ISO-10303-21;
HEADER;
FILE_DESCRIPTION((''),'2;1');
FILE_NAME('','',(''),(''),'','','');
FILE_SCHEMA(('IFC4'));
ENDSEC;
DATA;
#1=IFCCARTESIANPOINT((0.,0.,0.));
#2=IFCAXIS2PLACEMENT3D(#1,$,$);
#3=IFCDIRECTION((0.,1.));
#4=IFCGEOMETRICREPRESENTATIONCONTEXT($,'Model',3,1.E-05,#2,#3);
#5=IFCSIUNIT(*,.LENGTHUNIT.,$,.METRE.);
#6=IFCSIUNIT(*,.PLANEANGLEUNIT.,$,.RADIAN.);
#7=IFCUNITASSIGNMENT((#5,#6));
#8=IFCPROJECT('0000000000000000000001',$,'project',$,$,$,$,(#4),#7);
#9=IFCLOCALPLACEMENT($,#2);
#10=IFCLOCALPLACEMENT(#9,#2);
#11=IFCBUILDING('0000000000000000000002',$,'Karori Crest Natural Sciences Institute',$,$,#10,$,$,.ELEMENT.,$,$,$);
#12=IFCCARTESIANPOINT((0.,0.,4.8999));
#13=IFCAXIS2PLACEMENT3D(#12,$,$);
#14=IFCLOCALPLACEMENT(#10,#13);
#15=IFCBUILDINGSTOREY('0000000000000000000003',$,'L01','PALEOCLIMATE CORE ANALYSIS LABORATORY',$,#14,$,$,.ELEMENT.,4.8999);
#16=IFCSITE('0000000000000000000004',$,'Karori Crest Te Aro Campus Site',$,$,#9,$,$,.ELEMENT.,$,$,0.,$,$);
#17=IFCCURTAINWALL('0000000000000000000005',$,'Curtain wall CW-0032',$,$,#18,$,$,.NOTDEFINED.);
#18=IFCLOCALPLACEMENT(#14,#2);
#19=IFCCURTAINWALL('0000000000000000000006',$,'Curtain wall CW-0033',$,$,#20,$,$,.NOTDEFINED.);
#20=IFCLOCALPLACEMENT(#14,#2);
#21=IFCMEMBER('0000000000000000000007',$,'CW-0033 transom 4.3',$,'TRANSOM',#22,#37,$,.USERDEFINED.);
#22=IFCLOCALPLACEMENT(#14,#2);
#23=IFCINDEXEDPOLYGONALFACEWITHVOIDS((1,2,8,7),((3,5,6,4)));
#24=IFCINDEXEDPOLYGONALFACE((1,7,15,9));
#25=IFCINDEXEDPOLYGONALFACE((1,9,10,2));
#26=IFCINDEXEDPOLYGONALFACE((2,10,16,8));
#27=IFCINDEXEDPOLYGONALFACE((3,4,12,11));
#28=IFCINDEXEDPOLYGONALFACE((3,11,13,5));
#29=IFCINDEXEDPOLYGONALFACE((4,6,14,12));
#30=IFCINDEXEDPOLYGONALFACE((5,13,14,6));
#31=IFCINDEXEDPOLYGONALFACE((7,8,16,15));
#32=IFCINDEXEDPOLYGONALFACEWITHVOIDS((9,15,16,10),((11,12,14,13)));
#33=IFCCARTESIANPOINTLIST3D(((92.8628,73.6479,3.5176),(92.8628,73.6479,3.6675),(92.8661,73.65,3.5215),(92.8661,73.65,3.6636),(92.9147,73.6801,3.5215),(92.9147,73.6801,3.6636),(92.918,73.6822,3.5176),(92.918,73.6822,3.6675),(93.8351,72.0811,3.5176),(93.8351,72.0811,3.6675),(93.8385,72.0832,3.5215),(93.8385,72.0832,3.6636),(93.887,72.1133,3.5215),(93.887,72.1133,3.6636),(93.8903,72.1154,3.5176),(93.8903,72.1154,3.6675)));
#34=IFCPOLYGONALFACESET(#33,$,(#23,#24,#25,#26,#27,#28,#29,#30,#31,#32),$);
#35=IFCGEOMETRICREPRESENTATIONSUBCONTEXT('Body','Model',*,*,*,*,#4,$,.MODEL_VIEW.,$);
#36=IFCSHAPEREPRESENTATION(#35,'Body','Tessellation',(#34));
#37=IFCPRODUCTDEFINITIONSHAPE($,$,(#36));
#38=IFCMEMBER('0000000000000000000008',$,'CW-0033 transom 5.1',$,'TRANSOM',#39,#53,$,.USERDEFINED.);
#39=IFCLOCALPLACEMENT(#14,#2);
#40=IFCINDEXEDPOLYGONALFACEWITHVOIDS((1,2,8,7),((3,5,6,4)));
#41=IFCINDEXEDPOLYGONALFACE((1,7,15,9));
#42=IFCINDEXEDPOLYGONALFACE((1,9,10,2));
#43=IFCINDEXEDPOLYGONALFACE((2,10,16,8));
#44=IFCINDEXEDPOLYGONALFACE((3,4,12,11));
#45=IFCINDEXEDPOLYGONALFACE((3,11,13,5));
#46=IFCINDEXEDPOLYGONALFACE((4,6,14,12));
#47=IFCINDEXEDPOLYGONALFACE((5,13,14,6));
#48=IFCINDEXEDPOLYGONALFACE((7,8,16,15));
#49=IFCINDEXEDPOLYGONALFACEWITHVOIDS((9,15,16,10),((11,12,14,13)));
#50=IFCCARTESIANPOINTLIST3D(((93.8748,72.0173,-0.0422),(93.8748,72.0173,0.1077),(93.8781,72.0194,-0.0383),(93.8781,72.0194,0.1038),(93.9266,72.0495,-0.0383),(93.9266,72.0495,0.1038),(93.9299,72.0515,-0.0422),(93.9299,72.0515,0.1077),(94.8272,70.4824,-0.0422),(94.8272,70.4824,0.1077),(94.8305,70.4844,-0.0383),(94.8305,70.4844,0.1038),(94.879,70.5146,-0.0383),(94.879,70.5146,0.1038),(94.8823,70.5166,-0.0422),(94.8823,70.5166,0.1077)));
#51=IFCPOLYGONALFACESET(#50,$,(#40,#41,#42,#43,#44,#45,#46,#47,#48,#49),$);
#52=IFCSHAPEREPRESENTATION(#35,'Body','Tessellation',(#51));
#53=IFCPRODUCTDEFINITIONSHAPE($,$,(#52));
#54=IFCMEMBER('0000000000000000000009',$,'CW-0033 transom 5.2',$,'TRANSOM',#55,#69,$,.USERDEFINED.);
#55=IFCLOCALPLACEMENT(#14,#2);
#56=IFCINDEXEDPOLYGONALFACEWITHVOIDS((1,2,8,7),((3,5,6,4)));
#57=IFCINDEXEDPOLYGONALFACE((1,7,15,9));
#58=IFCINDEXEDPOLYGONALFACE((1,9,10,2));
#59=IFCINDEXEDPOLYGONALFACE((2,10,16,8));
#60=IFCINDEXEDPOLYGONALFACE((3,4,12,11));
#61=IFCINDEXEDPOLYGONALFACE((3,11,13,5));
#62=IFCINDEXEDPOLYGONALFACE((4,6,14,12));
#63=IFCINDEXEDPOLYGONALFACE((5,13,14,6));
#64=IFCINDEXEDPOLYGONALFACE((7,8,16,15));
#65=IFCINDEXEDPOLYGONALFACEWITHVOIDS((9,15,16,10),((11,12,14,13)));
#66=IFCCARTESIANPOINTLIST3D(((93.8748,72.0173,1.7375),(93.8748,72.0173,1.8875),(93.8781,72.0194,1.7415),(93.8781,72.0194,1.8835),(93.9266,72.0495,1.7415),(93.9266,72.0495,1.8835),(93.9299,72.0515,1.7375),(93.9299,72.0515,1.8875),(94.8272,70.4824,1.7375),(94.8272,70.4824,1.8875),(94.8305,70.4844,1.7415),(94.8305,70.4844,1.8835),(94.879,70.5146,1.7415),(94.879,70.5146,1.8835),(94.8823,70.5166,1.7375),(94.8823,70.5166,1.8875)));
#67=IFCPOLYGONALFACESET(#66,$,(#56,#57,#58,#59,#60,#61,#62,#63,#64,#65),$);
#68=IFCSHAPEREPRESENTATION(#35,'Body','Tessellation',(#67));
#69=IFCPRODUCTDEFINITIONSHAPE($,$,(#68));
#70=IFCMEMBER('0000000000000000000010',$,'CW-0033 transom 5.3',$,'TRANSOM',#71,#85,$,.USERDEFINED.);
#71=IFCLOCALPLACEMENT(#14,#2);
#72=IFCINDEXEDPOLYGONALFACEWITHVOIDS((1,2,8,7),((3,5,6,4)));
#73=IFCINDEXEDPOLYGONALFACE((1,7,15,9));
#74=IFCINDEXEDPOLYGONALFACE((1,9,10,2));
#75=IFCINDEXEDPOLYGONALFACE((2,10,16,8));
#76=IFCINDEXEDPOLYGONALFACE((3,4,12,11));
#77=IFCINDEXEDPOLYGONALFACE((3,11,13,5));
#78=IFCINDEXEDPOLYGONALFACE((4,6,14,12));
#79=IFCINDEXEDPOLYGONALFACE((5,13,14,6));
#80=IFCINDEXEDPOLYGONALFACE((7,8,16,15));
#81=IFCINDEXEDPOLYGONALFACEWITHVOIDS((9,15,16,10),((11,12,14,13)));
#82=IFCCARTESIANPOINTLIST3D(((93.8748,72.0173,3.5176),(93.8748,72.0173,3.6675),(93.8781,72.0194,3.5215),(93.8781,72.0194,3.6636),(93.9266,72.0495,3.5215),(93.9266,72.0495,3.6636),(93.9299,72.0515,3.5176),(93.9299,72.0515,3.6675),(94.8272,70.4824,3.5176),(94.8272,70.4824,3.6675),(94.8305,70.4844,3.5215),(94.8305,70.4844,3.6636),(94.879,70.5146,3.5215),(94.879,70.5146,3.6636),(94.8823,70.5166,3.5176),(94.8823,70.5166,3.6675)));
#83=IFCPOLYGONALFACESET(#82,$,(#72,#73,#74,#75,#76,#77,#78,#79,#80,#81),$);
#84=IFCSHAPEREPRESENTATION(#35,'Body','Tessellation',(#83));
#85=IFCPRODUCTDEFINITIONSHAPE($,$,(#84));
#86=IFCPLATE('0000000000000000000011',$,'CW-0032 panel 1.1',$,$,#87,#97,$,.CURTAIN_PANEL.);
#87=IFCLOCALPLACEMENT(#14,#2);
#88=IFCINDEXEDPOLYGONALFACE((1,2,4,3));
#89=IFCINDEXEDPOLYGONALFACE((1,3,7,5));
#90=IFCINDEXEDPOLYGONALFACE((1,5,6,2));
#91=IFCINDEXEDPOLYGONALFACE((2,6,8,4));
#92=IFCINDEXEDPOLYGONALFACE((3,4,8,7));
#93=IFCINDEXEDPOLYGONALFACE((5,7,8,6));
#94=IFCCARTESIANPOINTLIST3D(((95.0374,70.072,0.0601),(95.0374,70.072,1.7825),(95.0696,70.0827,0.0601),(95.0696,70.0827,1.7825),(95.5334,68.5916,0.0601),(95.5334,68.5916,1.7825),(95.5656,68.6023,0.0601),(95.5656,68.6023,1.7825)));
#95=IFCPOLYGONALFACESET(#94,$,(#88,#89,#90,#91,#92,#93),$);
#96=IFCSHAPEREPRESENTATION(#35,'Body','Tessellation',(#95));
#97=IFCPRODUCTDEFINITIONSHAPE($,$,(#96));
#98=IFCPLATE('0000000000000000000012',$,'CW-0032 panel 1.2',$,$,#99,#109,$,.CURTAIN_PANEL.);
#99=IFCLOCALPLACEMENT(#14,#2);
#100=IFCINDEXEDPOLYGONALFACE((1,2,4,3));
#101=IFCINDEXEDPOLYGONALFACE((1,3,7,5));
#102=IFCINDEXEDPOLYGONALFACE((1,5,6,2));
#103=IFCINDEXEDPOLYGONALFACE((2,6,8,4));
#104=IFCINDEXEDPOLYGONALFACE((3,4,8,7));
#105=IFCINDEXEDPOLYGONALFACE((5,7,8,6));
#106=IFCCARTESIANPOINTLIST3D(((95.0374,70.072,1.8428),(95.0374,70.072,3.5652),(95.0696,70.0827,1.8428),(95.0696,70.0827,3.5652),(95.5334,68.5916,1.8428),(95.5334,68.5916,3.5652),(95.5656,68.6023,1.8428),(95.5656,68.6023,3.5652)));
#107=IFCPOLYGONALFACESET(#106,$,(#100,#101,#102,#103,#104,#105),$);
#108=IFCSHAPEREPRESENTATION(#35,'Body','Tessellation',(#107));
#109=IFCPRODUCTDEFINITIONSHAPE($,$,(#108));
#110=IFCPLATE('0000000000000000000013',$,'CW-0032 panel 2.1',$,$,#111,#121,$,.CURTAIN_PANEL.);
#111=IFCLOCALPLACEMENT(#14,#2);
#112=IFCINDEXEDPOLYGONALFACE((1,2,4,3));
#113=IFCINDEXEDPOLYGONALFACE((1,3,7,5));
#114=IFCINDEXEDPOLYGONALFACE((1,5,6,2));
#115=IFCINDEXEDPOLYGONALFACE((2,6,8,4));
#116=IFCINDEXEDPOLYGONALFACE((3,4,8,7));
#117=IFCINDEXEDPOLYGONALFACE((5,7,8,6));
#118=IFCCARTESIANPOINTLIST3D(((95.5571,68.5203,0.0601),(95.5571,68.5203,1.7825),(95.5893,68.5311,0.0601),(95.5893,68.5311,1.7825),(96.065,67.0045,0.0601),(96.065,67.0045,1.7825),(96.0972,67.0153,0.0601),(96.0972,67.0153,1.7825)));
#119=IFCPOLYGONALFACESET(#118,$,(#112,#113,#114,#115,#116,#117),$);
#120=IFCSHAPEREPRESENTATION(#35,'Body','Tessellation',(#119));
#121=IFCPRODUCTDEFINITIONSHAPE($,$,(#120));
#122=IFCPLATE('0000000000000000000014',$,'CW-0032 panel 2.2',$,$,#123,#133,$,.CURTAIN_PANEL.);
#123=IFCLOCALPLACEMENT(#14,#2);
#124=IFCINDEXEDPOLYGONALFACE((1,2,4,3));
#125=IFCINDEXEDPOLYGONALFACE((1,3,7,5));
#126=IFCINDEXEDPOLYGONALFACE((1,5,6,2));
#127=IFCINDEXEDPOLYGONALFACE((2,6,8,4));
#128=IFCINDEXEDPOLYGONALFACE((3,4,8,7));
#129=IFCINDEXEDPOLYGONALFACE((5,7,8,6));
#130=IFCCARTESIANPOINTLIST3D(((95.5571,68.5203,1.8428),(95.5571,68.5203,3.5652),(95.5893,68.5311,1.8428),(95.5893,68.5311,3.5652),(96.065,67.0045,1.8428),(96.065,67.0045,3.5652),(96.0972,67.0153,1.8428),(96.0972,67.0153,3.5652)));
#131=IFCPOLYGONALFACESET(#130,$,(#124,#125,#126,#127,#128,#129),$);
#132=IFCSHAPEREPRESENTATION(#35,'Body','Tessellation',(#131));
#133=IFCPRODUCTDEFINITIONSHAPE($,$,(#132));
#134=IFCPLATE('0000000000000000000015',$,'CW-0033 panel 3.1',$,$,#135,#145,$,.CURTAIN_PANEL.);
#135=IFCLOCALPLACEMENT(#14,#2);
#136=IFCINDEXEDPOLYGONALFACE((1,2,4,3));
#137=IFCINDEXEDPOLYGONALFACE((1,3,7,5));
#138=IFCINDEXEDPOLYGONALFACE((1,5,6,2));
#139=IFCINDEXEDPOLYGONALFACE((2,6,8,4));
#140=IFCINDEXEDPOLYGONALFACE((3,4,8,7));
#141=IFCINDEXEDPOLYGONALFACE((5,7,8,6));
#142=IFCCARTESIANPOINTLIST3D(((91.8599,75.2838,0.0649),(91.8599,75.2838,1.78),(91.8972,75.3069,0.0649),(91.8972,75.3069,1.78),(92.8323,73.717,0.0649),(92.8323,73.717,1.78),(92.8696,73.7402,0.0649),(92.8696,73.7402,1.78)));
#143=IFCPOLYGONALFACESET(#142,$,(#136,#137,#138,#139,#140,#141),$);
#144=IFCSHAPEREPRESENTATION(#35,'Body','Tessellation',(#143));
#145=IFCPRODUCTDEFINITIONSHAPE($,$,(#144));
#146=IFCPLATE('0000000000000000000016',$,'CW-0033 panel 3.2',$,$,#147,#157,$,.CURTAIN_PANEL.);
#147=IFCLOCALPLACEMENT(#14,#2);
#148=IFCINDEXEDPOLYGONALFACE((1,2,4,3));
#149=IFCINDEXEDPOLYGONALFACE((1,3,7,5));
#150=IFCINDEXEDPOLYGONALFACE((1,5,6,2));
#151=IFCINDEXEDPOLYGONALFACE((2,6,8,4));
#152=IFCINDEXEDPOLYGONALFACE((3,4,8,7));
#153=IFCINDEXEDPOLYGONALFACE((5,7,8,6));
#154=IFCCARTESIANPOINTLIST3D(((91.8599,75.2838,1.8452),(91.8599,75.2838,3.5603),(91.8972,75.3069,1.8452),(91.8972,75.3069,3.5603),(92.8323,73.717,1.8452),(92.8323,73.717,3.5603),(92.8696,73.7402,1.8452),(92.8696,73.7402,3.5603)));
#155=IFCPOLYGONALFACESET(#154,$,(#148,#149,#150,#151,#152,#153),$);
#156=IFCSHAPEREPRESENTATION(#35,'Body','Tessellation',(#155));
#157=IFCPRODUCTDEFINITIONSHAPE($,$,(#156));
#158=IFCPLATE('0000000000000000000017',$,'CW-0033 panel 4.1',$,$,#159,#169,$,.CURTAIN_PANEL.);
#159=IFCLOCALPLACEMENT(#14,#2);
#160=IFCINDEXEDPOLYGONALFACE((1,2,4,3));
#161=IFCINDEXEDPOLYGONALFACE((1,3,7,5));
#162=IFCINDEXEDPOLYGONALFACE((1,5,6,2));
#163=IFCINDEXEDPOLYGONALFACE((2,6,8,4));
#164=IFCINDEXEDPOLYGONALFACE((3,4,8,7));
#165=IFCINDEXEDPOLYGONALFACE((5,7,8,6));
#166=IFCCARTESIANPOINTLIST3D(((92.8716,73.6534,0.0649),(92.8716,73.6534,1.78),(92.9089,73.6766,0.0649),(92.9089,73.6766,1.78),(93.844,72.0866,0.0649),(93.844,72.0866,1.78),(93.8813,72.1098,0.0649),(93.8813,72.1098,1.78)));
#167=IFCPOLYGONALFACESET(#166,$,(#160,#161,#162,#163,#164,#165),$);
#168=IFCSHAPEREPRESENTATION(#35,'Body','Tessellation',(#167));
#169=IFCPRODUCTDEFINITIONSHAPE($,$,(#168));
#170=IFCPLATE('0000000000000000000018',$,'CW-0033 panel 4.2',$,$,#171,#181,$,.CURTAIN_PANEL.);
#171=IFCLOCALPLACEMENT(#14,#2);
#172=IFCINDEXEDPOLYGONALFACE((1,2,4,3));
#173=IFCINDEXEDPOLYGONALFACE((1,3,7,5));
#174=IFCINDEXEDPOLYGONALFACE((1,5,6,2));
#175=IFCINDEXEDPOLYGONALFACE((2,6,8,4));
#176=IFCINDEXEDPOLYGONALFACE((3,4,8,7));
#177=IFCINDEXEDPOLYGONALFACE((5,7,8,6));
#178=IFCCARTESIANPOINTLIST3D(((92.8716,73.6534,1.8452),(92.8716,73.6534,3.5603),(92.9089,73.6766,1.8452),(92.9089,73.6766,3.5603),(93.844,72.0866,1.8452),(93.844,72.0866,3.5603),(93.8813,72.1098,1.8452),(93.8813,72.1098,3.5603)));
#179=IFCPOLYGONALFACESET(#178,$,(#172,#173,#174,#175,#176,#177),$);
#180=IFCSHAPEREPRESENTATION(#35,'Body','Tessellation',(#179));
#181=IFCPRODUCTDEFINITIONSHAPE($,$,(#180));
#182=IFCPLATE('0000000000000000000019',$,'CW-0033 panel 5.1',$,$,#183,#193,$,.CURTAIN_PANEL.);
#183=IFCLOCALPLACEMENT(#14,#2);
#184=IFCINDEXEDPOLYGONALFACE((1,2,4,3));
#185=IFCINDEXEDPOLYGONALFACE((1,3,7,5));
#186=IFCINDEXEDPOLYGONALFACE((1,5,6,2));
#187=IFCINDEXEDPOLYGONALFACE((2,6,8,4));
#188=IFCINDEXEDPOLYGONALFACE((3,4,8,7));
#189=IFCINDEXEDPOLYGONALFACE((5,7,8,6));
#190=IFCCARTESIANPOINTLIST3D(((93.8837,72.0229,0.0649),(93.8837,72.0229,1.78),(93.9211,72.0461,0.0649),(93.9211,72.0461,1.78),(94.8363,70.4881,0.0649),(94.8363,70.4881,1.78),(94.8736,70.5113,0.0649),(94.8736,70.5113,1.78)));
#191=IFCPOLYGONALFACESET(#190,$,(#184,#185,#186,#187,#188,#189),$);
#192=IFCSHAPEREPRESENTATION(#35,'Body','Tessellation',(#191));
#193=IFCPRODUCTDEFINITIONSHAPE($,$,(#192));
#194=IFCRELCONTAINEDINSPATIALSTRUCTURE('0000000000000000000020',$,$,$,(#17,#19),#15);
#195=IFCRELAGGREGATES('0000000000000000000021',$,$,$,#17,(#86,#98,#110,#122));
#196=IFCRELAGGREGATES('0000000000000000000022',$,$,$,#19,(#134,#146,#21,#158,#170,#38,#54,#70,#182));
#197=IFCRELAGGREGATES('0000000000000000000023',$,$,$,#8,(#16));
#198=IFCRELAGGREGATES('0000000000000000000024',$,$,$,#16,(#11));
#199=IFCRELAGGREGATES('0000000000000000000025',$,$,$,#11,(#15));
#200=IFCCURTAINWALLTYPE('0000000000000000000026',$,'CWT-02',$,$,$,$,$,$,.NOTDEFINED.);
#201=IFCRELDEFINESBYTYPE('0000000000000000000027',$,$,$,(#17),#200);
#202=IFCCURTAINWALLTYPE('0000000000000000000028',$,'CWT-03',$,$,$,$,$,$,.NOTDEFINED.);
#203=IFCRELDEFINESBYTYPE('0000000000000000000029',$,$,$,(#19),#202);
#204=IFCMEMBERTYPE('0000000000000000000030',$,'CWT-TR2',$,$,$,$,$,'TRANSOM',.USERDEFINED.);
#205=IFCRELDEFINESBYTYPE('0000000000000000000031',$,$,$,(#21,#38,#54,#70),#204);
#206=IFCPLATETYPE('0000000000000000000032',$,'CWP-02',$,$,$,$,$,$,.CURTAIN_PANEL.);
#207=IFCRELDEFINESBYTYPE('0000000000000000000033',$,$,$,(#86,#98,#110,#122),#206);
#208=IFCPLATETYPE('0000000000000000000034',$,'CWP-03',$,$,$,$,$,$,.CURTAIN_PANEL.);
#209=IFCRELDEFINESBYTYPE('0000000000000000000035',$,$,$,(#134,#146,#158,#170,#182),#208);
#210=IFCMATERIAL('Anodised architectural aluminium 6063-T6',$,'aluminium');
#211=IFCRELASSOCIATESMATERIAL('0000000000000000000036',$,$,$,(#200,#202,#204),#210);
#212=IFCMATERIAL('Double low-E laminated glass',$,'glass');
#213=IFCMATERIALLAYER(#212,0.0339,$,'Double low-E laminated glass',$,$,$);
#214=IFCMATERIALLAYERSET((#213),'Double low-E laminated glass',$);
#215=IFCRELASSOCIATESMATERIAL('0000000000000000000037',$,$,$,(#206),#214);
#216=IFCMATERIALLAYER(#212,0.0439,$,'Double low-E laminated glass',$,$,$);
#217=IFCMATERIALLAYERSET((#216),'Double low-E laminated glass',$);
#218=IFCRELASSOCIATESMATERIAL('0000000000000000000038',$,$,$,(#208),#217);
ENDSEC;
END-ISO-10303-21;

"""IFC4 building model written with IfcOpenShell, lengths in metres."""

from ifc_helpers import new_model, si_unit, direction, frame, origin, origin_2d, place, context, subcontext, project, spatial, rectangle, hollow_rectangle, extrude, material, layer, layer_set, material_profile, profile_set, type_object, element, aggregate, save


model = new_model("IFC4")

# Units and contexts
model_context = context("Model", 3, precision=1e-05, world=origin(), true_north=direction((0.0, 1.0)))
body_context = subcontext(model_context, "Body", "Model", "MODEL_VIEW")
ifc_project = project(units=[si_unit("LENGTHUNIT", "METRE"), si_unit("PLANEANGLEUNIT", "RADIAN")], contexts=[model_context])

# Site, building, storey
site_placement = place(None, origin())
site = spatial("IfcSite", under=ifc_project, at=site_placement, Name="Karori Crest Te Aro Campus Site", CompositionType="ELEMENT", RefElevation=0.0)
building_placement = place(site_placement, origin())
building = spatial("IfcBuilding", under=site, at=building_placement, Name="Karori Crest Natural Sciences Institute", CompositionType="ELEMENT")
storey_placement = place(building_placement, frame((0.0, 0.0, 4.8999)))
storey = spatial("IfcBuildingStorey", under=building, at=storey_placement, Name="L01", Description="PALEOCLIMATE CORE ANALYSIS LABORATORY", CompositionType="ELEMENT", Elevation=4.8999)

# Curtain walls
ifc_material_1 = material(Name="Anodised architectural aluminium 6063-T6", Category="aluminium")
curtain_wall_type_1 = type_object("IfcCurtainWallType", Name="CWT-02", PredefinedType="NOTDEFINED", material=ifc_material_1)
curtain_wall_1_placement = place(storey_placement, origin())
curtain_wall_1 = element("IfcCurtainWall", 1, at=curtain_wall_1_placement, inside=storey, type_object=curtain_wall_type_1, Name="Curtain wall CW-0032", PredefinedType="NOTDEFINED")
curtain_wall_type_2 = type_object("IfcCurtainWallType", Name="CWT-03", PredefinedType="NOTDEFINED", material=ifc_material_1)
curtain_wall_2_placement = place(storey_placement, origin())
curtain_wall_2 = element("IfcCurtainWall", 2, at=curtain_wall_2_placement, inside=storey, type_object=curtain_wall_type_2, Name="Curtain wall CW-0033", PredefinedType="NOTDEFINED")

# Members
ifc_material_profile_1 = material_profile(ifc_material_1, hollow_rectangle(XDim=0.0649, YDim=0.1499, WallThickness=0.0039, at=origin_2d()), Name="CWT150x65x4")
ifc_profile_set_1 = profile_set([ifc_material_profile_1], Name="Anodised architectural aluminium 6063-T6")
member_type_1 = type_object("IfcMemberType", Name="CWT-TR2", ElementType="TRANSOM", PredefinedType="USERDEFINED", material=ifc_profile_set_1)
member_1_placement = place(storey_placement, frame((92.8904, 73.665, 3.5925), z_axis=(0.527307, -0.849675, 0.0), x_axis=(0.849675, 0.527307, 0.0)))
member_1 = element("IfcMember", 3, at=member_1_placement, type_object=member_type_1, Name="CW-0033 transom 4.3", ObjectType="TRANSOM", PredefinedType="USERDEFINED", context=body_context, shape_type="SweptSolid", body=[
    extrude(hollow_rectangle(XDim=0.0649, YDim=0.1499, WallThickness=0.0039, at=origin_2d()), origin(), (0.0, 0.0, 1.0), 1.844),
])
member_2_placement = place(storey_placement, frame((93.9023, 72.0344, 0.0327), z_axis=(0.527238, -0.849717, 0.0), x_axis=(0.849717, 0.527238, 0.0)))
member_2 = element("IfcMember", 4, at=member_2_placement, type_object=member_type_1, Name="CW-0033 transom 5.1", ObjectType="TRANSOM", PredefinedType="USERDEFINED", context=body_context, shape_type="SweptSolid", body=[
    extrude(hollow_rectangle(XDim=0.0649, YDim=0.1499, WallThickness=0.0039, at=origin_2d()), origin(), (0.0, 0.0, 1.0), 1.8064),
])
member_3_placement = place(storey_placement, frame((93.9023, 72.0344, 1.8125), z_axis=(0.527238, -0.849717, 0.0), x_axis=(0.849717, 0.527238, 0.0)))
member_3 = element("IfcMember", 5, at=member_3_placement, type_object=member_type_1, Name="CW-0033 transom 5.2", ObjectType="TRANSOM", PredefinedType="USERDEFINED", context=body_context, shape_type="SweptSolid", body=[
    extrude(hollow_rectangle(XDim=0.0649, YDim=0.1499, WallThickness=0.0039, at=origin_2d()), origin(), (0.0, 0.0, 1.0), 1.8064),
])
member_4_placement = place(storey_placement, frame((93.9023, 72.0344, 3.5925), z_axis=(0.527238, -0.849717, 0.0), x_axis=(0.849717, 0.527238, 0.0)))
member_4 = element("IfcMember", 6, at=member_4_placement, type_object=member_type_1, Name="CW-0033 transom 5.3", ObjectType="TRANSOM", PredefinedType="USERDEFINED", context=body_context, shape_type="SweptSolid", body=[
    extrude(hollow_rectangle(XDim=0.0649, YDim=0.1499, WallThickness=0.0039, at=origin_2d()), origin(), (0.0, 0.0, 1.0), 1.8064),
])

# Plates
ifc_material_2 = material(Name="Double low-E laminated glass", Category="glass")
ifc_layer_1 = layer(ifc_material_2, 0.0339, Name="Double low-E laminated glass")
ifc_layer_set_1 = layer_set([ifc_layer_1], Name="Double low-E laminated glass")
plate_type_1 = type_object("IfcPlateType", Name="CWP-02", PredefinedType="CURTAIN_PANEL", material=ifc_layer_set_1)
plate_1_placement = place(storey_placement, frame((95.3015, 69.3372, 0.0601), z_axis=(0.0, 0.0, 1.0), x_axis=(0.317685, -0.948196, 0.0)))
plate_1 = element("IfcPlate", 7, at=plate_1_placement, type_object=plate_type_1, Name="CW-0032 panel 1.1", PredefinedType="CURTAIN_PANEL", context=body_context, shape_type="SweptSolid", body=[
    extrude(rectangle(XDim=1.5613, YDim=0.0339, at=origin_2d()), origin(), (0.0, 0.0, 1.0), 1.7224),
])
plate_2_placement = place(storey_placement, frame((95.3015, 69.3372, 1.8428), z_axis=(0.0, 0.0, 1.0), x_axis=(0.317685, -0.948196, 0.0)))
plate_2 = element("IfcPlate", 8, at=plate_2_placement, type_object=plate_type_1, Name="CW-0032 panel 1.2", PredefinedType="CURTAIN_PANEL", context=body_context, shape_type="SweptSolid", body=[
    extrude(rectangle(XDim=1.5613, YDim=0.0339, at=origin_2d()), origin(), (0.0, 0.0, 1.0), 1.7224),
])
plate_3_placement = place(storey_placement, frame((95.8271, 67.7678, 0.0601), z_axis=(0.0, 0.0, 1.0), x_axis=(0.317685, -0.948196, 0.0)))
plate_3 = element("IfcPlate", 9, at=plate_3_placement, type_object=plate_type_1, Name="CW-0032 panel 2.1", PredefinedType="CURTAIN_PANEL", context=body_context, shape_type="SweptSolid", body=[
    extrude(rectangle(XDim=1.5986, YDim=0.0339, at=origin_2d()), origin(), (0.0, 0.0, 1.0), 1.7224),
])
plate_4_placement = place(storey_placement, frame((95.8271, 67.7678, 1.8428), z_axis=(0.0, 0.0, 1.0), x_axis=(0.317685, -0.948196, 0.0)))
plate_4 = element("IfcPlate", 10, at=plate_4_placement, type_object=plate_type_1, Name="CW-0032 panel 2.2", PredefinedType="CURTAIN_PANEL", context=body_context, shape_type="SweptSolid", body=[
    extrude(rectangle(XDim=1.5986, YDim=0.0339, at=origin_2d()), origin(), (0.0, 0.0, 1.0), 1.7224),
])
aggregate(curtain_wall_1, [plate_1, plate_2, plate_3, plate_4])
ifc_layer_2 = layer(ifc_material_2, 0.0439, Name="Double low-E laminated glass")
ifc_layer_set_2 = layer_set([ifc_layer_2], Name="Double low-E laminated glass")
plate_type_2 = type_object("IfcPlateType", Name="CWP-03", PredefinedType="CURTAIN_PANEL", material=ifc_layer_set_2)
plate_5_placement = place(storey_placement, frame((92.3647, 74.512, 0.0649), z_axis=(0.0, 0.0, 1.0), x_axis=(0.527322, -0.849666, 0.0)))
plate_5 = element("IfcPlate", 11, at=plate_5_placement, type_object=plate_type_2, Name="CW-0033 panel 3.1", PredefinedType="CURTAIN_PANEL", context=body_context, shape_type="SweptSolid", body=[
    extrude(rectangle(XDim=1.844, YDim=0.0439, at=origin_2d()), origin(), (0.0, 0.0, 1.0), 1.7151),
])
plate_6_placement = place(storey_placement, frame((92.3647, 74.512, 1.8452), z_axis=(0.0, 0.0, 1.0), x_axis=(0.527322, -0.849666, 0.0)))
plate_6 = element("IfcPlate", 12, at=plate_6_placement, type_object=plate_type_2, Name="CW-0033 panel 3.2", PredefinedType="CURTAIN_PANEL", context=body_context, shape_type="SweptSolid", body=[
    extrude(rectangle(XDim=1.844, YDim=0.0439, at=origin_2d()), origin(), (0.0, 0.0, 1.0), 1.7151),
])
plate_7_placement = place(storey_placement, frame((93.3765, 72.8816, 0.0649), z_axis=(0.0, 0.0, 1.0), x_axis=(0.527322, -0.849666, 0.0)))
plate_7 = element("IfcPlate", 13, at=plate_7_placement, type_object=plate_type_2, Name="CW-0033 panel 4.1", PredefinedType="CURTAIN_PANEL", context=body_context, shape_type="SweptSolid", body=[
    extrude(rectangle(XDim=1.844, YDim=0.0439, at=origin_2d()), origin(), (0.0, 0.0, 1.0), 1.7151),
])
plate_8_placement = place(storey_placement, frame((93.3765, 72.8816, 1.8452), z_axis=(0.0, 0.0, 1.0), x_axis=(0.527322, -0.849666, 0.0)))
plate_8 = element("IfcPlate", 14, at=plate_8_placement, type_object=plate_type_2, Name="CW-0033 panel 4.2", PredefinedType="CURTAIN_PANEL", context=body_context, shape_type="SweptSolid", body=[
    extrude(rectangle(XDim=1.844, YDim=0.0439, at=origin_2d()), origin(), (0.0, 0.0, 1.0), 1.7151),
])
plate_9_placement = place(storey_placement, frame((94.3787, 71.2671, 0.0649), z_axis=(0.0, 0.0, 1.0), x_axis=(0.527322, -0.849666, 0.0)))
plate_9 = element("IfcPlate", 15, at=plate_9_placement, type_object=plate_type_2, Name="CW-0033 panel 5.1", PredefinedType="CURTAIN_PANEL", context=body_context, shape_type="SweptSolid", body=[
    extrude(rectangle(XDim=1.8064, YDim=0.0439, at=origin_2d()), origin(), (0.0, 0.0, 1.0), 1.7151),
])
aggregate(curtain_wall_2, [plate_5, plate_6, member_1, plate_7, plate_8, member_2, member_3, member_4, plate_9])

save(model, "model.ifc")
